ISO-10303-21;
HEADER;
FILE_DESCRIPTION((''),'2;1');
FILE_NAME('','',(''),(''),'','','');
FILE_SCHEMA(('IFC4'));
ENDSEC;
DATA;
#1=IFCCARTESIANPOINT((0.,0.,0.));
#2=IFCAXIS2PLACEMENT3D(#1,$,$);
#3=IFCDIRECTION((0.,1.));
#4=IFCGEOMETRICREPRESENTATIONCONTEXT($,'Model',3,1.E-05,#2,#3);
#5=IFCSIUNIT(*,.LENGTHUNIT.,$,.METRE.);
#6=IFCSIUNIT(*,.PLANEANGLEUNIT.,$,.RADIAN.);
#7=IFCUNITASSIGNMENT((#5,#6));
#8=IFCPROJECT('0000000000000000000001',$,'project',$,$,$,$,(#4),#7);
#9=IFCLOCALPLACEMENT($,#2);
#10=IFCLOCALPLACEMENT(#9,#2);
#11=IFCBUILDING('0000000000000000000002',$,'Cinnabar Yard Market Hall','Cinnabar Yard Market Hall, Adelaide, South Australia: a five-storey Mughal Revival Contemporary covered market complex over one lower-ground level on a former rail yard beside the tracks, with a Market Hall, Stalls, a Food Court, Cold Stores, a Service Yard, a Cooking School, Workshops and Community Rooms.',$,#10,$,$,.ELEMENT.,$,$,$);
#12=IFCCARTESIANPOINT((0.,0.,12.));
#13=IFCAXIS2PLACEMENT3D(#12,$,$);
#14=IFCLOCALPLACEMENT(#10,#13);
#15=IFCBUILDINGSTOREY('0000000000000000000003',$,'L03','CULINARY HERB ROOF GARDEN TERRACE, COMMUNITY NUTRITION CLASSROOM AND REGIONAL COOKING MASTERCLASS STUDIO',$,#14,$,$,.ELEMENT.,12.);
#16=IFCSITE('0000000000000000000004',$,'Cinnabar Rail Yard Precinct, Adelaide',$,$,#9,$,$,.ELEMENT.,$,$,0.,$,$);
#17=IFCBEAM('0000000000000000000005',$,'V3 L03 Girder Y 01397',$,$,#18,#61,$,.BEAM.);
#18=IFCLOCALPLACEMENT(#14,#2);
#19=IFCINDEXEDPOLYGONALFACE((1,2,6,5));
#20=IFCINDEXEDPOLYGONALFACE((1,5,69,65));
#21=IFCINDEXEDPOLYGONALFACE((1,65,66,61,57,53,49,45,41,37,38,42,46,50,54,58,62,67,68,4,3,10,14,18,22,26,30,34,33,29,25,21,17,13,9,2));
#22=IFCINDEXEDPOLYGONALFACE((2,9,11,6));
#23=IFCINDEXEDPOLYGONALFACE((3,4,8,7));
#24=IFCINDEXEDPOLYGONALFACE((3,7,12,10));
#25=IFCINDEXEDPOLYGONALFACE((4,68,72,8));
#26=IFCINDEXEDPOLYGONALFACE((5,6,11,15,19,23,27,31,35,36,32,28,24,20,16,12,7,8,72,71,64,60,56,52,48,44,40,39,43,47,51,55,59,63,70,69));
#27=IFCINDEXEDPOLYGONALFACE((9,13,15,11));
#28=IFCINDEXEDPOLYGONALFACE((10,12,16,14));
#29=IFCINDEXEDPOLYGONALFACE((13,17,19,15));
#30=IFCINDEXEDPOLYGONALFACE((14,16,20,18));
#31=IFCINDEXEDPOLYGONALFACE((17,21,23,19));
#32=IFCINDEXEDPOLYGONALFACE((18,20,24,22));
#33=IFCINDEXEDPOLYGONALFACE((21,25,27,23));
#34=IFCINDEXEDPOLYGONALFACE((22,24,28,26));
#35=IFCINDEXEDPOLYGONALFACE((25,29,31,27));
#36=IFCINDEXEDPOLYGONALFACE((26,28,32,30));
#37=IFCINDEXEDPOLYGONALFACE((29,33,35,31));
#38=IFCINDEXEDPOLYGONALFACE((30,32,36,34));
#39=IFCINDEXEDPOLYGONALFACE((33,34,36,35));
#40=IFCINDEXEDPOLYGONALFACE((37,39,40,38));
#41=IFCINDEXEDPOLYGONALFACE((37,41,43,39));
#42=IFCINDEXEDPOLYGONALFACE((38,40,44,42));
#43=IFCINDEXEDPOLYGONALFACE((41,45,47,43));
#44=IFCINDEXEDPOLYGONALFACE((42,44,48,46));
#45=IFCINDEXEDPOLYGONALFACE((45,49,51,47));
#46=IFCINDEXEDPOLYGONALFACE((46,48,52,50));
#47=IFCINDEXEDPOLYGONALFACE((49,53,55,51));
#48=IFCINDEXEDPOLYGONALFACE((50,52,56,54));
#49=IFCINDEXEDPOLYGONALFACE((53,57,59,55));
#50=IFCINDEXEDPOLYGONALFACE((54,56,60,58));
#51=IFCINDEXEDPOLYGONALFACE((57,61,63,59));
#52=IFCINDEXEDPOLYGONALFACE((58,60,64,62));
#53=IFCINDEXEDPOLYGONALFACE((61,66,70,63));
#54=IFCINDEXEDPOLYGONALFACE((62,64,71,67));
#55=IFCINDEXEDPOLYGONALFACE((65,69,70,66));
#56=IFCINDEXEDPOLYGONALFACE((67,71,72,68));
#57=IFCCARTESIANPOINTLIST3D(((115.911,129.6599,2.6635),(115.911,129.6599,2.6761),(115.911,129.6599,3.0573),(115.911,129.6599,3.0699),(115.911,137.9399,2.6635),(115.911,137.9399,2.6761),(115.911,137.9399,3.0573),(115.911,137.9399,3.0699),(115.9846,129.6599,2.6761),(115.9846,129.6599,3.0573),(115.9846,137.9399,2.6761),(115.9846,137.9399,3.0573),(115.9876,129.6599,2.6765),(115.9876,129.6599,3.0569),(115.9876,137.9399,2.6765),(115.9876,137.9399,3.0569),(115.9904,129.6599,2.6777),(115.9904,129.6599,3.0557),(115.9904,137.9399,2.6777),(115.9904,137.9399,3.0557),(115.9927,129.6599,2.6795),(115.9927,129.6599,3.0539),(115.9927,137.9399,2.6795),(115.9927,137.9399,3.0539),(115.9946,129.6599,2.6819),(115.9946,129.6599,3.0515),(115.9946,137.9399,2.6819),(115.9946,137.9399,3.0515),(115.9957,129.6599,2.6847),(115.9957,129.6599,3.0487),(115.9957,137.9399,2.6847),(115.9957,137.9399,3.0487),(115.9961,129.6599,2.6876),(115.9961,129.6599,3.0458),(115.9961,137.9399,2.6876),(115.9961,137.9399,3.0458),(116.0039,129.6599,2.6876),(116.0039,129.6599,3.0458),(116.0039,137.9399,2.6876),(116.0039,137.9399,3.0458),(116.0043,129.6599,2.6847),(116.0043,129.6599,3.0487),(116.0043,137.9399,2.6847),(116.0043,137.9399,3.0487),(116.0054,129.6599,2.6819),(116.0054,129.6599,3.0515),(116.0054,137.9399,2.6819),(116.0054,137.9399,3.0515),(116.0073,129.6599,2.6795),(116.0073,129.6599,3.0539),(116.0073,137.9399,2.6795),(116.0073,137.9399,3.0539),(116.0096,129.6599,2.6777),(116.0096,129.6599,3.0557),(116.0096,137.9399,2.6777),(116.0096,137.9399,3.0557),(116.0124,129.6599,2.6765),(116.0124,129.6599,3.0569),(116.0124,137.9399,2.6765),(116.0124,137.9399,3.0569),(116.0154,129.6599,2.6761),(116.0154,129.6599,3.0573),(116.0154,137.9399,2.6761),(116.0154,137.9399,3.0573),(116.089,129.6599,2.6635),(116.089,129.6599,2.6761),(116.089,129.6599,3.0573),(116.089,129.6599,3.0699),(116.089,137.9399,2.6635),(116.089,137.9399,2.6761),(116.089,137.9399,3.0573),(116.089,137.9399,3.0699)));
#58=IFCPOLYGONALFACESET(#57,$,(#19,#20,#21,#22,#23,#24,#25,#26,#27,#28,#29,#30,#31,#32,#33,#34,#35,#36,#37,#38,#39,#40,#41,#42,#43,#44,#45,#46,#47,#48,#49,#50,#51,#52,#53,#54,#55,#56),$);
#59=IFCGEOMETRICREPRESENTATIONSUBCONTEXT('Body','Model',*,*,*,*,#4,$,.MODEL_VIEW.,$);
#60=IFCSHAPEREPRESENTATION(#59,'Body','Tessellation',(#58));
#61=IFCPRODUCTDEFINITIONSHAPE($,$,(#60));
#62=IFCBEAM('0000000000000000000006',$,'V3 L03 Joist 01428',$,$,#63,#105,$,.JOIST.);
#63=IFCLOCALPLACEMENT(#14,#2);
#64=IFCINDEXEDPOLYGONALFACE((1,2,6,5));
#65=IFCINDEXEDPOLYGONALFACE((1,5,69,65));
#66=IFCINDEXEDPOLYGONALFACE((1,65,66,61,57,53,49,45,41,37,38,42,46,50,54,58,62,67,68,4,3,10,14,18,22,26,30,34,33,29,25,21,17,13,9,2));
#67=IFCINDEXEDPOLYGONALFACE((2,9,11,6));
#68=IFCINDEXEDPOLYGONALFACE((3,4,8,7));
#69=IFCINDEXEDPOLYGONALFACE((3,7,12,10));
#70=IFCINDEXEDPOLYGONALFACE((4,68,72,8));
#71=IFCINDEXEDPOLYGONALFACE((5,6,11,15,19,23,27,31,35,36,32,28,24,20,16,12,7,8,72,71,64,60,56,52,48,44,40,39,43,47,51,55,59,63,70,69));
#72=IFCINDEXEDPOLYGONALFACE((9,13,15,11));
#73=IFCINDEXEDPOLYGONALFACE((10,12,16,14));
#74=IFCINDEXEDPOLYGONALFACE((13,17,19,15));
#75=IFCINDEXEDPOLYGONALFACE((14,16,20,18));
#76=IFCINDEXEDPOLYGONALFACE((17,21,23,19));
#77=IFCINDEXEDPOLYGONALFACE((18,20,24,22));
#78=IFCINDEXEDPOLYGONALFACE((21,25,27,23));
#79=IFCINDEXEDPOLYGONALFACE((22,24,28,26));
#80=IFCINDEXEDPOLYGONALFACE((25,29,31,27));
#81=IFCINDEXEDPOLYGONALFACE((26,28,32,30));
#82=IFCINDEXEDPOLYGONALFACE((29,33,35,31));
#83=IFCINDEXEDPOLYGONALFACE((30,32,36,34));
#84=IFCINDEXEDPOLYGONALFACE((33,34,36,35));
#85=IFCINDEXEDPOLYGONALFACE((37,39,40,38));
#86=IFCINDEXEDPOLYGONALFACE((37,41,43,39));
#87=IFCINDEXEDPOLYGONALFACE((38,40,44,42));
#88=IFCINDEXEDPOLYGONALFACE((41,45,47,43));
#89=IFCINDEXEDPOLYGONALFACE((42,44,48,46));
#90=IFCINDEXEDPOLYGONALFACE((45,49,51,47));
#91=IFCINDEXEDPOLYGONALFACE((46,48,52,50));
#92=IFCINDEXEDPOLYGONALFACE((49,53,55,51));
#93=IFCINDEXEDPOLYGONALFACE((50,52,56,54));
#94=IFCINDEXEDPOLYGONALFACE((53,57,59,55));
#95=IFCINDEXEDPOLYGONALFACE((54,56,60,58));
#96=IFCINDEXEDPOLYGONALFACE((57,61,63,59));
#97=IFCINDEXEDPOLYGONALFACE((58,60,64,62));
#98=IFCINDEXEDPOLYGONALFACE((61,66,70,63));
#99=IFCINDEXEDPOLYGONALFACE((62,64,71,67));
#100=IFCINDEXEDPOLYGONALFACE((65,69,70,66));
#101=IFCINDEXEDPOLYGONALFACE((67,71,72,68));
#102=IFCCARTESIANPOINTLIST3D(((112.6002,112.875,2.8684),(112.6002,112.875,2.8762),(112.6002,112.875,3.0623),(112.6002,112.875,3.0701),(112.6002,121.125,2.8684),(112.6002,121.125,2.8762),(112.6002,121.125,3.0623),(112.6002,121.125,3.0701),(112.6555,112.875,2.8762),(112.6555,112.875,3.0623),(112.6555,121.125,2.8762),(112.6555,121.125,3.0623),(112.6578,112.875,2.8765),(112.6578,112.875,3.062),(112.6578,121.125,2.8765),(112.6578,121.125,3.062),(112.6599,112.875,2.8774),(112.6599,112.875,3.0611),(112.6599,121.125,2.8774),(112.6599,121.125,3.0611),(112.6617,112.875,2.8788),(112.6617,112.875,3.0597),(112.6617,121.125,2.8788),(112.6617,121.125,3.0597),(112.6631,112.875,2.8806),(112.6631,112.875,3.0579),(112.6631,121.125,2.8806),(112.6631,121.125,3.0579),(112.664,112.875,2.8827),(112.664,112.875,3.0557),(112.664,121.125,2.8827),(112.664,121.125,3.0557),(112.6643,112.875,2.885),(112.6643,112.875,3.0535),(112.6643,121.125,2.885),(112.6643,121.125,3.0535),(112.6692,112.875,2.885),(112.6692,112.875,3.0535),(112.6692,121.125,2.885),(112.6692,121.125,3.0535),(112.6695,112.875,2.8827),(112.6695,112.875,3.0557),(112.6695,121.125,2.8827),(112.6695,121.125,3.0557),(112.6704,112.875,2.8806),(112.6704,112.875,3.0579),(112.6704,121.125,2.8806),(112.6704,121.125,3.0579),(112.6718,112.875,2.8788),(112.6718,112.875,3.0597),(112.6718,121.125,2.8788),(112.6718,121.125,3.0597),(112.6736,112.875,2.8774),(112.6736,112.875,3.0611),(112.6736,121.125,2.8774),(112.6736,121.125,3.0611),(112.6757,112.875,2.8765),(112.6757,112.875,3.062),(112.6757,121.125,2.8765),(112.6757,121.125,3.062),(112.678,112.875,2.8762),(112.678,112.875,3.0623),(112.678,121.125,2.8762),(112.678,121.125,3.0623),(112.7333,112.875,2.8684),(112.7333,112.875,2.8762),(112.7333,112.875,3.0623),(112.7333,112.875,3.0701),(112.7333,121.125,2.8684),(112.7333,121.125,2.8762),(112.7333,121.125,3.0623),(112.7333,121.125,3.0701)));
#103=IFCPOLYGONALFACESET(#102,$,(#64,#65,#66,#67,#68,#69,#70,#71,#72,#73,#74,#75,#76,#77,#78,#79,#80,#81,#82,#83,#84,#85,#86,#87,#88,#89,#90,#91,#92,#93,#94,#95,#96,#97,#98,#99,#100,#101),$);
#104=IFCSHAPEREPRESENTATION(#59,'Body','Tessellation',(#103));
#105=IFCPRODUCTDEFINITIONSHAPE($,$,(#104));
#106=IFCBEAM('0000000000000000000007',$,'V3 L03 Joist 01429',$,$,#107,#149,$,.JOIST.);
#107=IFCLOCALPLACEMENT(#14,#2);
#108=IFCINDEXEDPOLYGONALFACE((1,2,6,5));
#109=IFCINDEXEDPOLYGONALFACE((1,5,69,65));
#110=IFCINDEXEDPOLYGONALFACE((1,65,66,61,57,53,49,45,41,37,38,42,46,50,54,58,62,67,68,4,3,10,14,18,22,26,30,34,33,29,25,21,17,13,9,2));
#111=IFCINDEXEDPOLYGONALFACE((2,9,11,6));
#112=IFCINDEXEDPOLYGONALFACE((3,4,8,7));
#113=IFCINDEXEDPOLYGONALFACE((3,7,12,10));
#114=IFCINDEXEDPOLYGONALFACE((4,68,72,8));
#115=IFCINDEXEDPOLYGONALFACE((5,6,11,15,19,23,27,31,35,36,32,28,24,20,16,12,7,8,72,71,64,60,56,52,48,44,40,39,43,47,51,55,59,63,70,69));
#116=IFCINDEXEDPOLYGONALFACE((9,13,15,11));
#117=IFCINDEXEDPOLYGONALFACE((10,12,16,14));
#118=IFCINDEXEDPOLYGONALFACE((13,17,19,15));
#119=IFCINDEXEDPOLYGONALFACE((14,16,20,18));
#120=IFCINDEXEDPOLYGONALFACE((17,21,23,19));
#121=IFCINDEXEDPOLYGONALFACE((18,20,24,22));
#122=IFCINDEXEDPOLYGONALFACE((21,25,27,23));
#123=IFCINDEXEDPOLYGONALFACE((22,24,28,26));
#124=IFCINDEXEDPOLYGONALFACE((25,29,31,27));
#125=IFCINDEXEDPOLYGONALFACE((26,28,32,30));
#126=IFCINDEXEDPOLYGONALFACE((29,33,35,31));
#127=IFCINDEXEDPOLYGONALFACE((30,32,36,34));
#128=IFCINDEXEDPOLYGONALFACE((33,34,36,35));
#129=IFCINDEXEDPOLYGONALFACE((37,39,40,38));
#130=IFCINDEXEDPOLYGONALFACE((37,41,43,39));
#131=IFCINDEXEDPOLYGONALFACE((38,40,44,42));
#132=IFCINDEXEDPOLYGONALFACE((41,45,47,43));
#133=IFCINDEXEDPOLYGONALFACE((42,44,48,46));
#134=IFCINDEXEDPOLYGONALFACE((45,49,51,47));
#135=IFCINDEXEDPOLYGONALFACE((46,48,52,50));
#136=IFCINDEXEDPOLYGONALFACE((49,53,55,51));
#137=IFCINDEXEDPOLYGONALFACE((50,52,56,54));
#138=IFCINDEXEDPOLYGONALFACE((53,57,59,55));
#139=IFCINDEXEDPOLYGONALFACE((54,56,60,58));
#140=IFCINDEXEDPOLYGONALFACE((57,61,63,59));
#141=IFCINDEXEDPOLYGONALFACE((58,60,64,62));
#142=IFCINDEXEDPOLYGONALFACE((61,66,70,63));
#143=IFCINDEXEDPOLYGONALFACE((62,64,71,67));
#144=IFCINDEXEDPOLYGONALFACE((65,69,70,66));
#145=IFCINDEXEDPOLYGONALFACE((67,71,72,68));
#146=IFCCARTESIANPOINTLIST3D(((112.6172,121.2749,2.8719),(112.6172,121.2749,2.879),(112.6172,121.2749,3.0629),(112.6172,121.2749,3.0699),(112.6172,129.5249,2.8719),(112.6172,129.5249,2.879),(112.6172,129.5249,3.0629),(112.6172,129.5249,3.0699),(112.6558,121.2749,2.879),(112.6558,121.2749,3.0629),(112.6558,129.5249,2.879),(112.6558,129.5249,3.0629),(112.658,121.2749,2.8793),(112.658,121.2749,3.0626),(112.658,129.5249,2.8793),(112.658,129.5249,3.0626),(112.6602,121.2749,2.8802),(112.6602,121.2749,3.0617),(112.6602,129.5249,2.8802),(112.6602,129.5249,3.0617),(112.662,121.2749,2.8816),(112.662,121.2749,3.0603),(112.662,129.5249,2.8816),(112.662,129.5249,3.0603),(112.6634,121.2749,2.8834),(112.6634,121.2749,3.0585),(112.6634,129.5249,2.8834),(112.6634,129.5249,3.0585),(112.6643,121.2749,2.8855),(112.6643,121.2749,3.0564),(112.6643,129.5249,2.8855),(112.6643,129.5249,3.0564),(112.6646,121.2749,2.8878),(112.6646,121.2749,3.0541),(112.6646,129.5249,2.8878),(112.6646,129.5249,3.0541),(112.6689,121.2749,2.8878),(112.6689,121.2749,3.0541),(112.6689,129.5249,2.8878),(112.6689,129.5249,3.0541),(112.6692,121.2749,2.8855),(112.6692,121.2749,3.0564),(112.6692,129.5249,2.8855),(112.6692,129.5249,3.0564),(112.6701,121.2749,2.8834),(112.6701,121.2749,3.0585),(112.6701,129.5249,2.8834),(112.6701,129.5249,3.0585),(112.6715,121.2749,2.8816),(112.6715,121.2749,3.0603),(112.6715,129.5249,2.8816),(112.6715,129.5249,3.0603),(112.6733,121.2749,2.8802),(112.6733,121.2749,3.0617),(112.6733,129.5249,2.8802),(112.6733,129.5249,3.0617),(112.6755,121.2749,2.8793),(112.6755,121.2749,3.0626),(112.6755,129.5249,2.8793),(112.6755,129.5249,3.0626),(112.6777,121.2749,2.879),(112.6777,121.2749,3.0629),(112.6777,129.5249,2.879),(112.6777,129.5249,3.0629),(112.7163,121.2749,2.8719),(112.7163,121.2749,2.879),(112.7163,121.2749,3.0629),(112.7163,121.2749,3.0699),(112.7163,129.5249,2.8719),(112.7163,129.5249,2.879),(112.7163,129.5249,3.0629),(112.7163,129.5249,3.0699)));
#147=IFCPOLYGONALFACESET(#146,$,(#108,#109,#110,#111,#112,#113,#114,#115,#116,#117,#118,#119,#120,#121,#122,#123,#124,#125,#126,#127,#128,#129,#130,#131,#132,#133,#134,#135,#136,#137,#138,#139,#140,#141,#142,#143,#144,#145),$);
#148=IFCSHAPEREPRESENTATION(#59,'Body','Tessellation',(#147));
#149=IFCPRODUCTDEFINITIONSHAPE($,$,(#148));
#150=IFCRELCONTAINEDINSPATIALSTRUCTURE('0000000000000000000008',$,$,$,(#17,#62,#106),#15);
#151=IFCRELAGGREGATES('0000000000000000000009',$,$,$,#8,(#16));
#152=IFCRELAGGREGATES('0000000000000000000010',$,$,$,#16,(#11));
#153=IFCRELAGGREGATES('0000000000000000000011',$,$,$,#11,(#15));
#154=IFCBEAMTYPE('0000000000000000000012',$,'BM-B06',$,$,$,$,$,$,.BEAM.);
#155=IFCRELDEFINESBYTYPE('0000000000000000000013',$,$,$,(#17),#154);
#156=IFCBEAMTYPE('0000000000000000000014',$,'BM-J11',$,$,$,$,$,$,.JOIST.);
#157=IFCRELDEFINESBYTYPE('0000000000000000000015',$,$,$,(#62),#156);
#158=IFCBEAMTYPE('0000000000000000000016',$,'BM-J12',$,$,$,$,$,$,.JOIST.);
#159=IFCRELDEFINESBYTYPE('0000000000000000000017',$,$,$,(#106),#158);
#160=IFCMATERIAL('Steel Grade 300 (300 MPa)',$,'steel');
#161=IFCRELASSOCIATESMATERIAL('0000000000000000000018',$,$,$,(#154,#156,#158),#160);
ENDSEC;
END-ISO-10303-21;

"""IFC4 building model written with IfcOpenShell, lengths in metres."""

from ifc_helpers import new_model, si_unit, direction, frame, origin, origin_2d_with_axis, place, context, subcontext, project, spatial, i_section, extrude, material, material_profile, profile_set, type_object, element, save


model = new_model("IFC4")

# Units and contexts
model_context = context("Model", 3, precision=1e-05, world=origin(), true_north=direction((0.0, 1.0)))
body_context = subcontext(model_context, "Body", "Model", "MODEL_VIEW")
ifc_project = project(units=[si_unit("LENGTHUNIT", "METRE"), si_unit("PLANEANGLEUNIT", "RADIAN")], contexts=[model_context])

# Site, building, storey
site_placement = place(None, origin())
site = spatial("IfcSite", under=ifc_project, at=site_placement, Name="Cinnabar Rail Yard Precinct, Adelaide", CompositionType="ELEMENT", RefElevation=0.0)
building_placement = place(site_placement, origin())
building = spatial("IfcBuilding", under=site, at=building_placement, Name="Cinnabar Yard Market Hall", Description="Cinnabar Yard Market Hall, Adelaide, South Australia: a five-storey Mughal Revival Contemporary covered market complex over one lower-ground level on a former rail yard beside the tracks, with a Market Hall, Stalls, a Food Court, Cold Stores, a Service Yard, a Cooking School, Workshops and Community Rooms.", CompositionType="ELEMENT")
storey_placement = place(building_placement, frame((0.0, 0.0, 12.0)))
storey = spatial("IfcBuildingStorey", under=building, at=storey_placement, Name="L03", Description="CULINARY HERB ROOF GARDEN TERRACE, COMMUNITY NUTRITION CLASSROOM AND REGIONAL COOKING MASTERCLASS STUDIO", CompositionType="ELEMENT", Elevation=12.0)

# Shared definitions
ifc_material_1 = material(Name="Steel Grade 300 (300 MPa)", Category="steel")

# Beams
ifc_material_profile_1 = material_profile(ifc_material_1, i_section(OverallWidth=0.178, OverallDepth=0.4065, WebThickness=0.0078, FlangeThickness=0.0127, FilletRadius=0.0115, at=origin_2d_with_axis()), Name="410UB59.7")
ifc_profile_set_1 = profile_set([ifc_material_profile_1], Name="Steel Grade 300 (300 MPa)")
beam_type_1 = type_object("IfcBeamType", Name="BM-B06", PredefinedType="BEAM", material=ifc_profile_set_1)
for number, where, z_axis, x_axis, name in (
    (1, (116.0, 129.6599, 2.8667), (0.0, 1.0, 0.0), (-1.0, 0.0, 0.0), "V3 L03 Girder Y 01397"),
):
    element("IfcBeam", number, at=place(storey_placement, frame(where, z_axis=z_axis, x_axis=x_axis)), inside=storey, type_object=beam_type_1, Name=name, PredefinedType="BEAM", context=body_context, shape_type="SweptSolid", body=[
        extrude(i_section(OverallWidth=0.178, OverallDepth=0.4065, WebThickness=0.0078, FlangeThickness=0.0127, FilletRadius=0.0115, at=origin_2d_with_axis()), origin(), (0.0, 0.0, 1.0), 8.28),
    ])
ifc_material_profile_2 = material_profile(ifc_material_1, i_section(OverallWidth=0.1331, OverallDepth=0.2017, WebThickness=0.0049, FlangeThickness=0.0078, FilletRadius=0.0088, at=origin_2d_with_axis()), Name="200UB22.3")
ifc_profile_set_2 = profile_set([ifc_material_profile_2], Name="Steel Grade 300 (300 MPa)")
beam_type_2 = type_object("IfcBeamType", Name="BM-J11", PredefinedType="JOIST", material=ifc_profile_set_2)
beam_1_placement = place(storey_placement, frame((112.6667, 112.875, 2.9692), z_axis=(0.0, 1.0, 0.0), x_axis=(-1.0, 0.0, 0.0)))
element("IfcBeam", 2, at=beam_1_placement, inside=storey, type_object=beam_type_2, Name="V3 L03 Joist 01428", PredefinedType="JOIST", context=body_context, shape_type="SweptSolid", body=[
    extrude(i_section(OverallWidth=0.1331, OverallDepth=0.2017, WebThickness=0.0049, FlangeThickness=0.0078, FilletRadius=0.0088, at=origin_2d_with_axis()), origin(), (0.0, 0.0, 1.0), 8.25),
])
ifc_material_profile_3 = material_profile(ifc_material_1, i_section(OverallWidth=0.0991, OverallDepth=0.198, WebThickness=0.0044, FlangeThickness=0.0071, FilletRadius=0.0088, at=origin_2d_with_axis()), Name="200UB18.2")
ifc_profile_set_3 = profile_set([ifc_material_profile_3], Name="Steel Grade 300 (300 MPa)")
beam_type_3 = type_object("IfcBeamType", Name="BM-J12", PredefinedType="JOIST", material=ifc_profile_set_3)
beam_2_placement = place(storey_placement, frame((112.6667, 121.2749, 2.9709), z_axis=(0.0, 1.0, 0.0), x_axis=(-1.0, 0.0, 0.0)))
element("IfcBeam", 3, at=beam_2_placement, inside=storey, type_object=beam_type_3, Name="V3 L03 Joist 01429", PredefinedType="JOIST", context=body_context, shape_type="SweptSolid", body=[
    extrude(i_section(OverallWidth=0.0991, OverallDepth=0.198, WebThickness=0.0044, FlangeThickness=0.0071, FilletRadius=0.0088, at=origin_2d_with_axis()), origin(), (0.0, 0.0, 1.0), 8.25),
])

save(model, "model.ifc")
